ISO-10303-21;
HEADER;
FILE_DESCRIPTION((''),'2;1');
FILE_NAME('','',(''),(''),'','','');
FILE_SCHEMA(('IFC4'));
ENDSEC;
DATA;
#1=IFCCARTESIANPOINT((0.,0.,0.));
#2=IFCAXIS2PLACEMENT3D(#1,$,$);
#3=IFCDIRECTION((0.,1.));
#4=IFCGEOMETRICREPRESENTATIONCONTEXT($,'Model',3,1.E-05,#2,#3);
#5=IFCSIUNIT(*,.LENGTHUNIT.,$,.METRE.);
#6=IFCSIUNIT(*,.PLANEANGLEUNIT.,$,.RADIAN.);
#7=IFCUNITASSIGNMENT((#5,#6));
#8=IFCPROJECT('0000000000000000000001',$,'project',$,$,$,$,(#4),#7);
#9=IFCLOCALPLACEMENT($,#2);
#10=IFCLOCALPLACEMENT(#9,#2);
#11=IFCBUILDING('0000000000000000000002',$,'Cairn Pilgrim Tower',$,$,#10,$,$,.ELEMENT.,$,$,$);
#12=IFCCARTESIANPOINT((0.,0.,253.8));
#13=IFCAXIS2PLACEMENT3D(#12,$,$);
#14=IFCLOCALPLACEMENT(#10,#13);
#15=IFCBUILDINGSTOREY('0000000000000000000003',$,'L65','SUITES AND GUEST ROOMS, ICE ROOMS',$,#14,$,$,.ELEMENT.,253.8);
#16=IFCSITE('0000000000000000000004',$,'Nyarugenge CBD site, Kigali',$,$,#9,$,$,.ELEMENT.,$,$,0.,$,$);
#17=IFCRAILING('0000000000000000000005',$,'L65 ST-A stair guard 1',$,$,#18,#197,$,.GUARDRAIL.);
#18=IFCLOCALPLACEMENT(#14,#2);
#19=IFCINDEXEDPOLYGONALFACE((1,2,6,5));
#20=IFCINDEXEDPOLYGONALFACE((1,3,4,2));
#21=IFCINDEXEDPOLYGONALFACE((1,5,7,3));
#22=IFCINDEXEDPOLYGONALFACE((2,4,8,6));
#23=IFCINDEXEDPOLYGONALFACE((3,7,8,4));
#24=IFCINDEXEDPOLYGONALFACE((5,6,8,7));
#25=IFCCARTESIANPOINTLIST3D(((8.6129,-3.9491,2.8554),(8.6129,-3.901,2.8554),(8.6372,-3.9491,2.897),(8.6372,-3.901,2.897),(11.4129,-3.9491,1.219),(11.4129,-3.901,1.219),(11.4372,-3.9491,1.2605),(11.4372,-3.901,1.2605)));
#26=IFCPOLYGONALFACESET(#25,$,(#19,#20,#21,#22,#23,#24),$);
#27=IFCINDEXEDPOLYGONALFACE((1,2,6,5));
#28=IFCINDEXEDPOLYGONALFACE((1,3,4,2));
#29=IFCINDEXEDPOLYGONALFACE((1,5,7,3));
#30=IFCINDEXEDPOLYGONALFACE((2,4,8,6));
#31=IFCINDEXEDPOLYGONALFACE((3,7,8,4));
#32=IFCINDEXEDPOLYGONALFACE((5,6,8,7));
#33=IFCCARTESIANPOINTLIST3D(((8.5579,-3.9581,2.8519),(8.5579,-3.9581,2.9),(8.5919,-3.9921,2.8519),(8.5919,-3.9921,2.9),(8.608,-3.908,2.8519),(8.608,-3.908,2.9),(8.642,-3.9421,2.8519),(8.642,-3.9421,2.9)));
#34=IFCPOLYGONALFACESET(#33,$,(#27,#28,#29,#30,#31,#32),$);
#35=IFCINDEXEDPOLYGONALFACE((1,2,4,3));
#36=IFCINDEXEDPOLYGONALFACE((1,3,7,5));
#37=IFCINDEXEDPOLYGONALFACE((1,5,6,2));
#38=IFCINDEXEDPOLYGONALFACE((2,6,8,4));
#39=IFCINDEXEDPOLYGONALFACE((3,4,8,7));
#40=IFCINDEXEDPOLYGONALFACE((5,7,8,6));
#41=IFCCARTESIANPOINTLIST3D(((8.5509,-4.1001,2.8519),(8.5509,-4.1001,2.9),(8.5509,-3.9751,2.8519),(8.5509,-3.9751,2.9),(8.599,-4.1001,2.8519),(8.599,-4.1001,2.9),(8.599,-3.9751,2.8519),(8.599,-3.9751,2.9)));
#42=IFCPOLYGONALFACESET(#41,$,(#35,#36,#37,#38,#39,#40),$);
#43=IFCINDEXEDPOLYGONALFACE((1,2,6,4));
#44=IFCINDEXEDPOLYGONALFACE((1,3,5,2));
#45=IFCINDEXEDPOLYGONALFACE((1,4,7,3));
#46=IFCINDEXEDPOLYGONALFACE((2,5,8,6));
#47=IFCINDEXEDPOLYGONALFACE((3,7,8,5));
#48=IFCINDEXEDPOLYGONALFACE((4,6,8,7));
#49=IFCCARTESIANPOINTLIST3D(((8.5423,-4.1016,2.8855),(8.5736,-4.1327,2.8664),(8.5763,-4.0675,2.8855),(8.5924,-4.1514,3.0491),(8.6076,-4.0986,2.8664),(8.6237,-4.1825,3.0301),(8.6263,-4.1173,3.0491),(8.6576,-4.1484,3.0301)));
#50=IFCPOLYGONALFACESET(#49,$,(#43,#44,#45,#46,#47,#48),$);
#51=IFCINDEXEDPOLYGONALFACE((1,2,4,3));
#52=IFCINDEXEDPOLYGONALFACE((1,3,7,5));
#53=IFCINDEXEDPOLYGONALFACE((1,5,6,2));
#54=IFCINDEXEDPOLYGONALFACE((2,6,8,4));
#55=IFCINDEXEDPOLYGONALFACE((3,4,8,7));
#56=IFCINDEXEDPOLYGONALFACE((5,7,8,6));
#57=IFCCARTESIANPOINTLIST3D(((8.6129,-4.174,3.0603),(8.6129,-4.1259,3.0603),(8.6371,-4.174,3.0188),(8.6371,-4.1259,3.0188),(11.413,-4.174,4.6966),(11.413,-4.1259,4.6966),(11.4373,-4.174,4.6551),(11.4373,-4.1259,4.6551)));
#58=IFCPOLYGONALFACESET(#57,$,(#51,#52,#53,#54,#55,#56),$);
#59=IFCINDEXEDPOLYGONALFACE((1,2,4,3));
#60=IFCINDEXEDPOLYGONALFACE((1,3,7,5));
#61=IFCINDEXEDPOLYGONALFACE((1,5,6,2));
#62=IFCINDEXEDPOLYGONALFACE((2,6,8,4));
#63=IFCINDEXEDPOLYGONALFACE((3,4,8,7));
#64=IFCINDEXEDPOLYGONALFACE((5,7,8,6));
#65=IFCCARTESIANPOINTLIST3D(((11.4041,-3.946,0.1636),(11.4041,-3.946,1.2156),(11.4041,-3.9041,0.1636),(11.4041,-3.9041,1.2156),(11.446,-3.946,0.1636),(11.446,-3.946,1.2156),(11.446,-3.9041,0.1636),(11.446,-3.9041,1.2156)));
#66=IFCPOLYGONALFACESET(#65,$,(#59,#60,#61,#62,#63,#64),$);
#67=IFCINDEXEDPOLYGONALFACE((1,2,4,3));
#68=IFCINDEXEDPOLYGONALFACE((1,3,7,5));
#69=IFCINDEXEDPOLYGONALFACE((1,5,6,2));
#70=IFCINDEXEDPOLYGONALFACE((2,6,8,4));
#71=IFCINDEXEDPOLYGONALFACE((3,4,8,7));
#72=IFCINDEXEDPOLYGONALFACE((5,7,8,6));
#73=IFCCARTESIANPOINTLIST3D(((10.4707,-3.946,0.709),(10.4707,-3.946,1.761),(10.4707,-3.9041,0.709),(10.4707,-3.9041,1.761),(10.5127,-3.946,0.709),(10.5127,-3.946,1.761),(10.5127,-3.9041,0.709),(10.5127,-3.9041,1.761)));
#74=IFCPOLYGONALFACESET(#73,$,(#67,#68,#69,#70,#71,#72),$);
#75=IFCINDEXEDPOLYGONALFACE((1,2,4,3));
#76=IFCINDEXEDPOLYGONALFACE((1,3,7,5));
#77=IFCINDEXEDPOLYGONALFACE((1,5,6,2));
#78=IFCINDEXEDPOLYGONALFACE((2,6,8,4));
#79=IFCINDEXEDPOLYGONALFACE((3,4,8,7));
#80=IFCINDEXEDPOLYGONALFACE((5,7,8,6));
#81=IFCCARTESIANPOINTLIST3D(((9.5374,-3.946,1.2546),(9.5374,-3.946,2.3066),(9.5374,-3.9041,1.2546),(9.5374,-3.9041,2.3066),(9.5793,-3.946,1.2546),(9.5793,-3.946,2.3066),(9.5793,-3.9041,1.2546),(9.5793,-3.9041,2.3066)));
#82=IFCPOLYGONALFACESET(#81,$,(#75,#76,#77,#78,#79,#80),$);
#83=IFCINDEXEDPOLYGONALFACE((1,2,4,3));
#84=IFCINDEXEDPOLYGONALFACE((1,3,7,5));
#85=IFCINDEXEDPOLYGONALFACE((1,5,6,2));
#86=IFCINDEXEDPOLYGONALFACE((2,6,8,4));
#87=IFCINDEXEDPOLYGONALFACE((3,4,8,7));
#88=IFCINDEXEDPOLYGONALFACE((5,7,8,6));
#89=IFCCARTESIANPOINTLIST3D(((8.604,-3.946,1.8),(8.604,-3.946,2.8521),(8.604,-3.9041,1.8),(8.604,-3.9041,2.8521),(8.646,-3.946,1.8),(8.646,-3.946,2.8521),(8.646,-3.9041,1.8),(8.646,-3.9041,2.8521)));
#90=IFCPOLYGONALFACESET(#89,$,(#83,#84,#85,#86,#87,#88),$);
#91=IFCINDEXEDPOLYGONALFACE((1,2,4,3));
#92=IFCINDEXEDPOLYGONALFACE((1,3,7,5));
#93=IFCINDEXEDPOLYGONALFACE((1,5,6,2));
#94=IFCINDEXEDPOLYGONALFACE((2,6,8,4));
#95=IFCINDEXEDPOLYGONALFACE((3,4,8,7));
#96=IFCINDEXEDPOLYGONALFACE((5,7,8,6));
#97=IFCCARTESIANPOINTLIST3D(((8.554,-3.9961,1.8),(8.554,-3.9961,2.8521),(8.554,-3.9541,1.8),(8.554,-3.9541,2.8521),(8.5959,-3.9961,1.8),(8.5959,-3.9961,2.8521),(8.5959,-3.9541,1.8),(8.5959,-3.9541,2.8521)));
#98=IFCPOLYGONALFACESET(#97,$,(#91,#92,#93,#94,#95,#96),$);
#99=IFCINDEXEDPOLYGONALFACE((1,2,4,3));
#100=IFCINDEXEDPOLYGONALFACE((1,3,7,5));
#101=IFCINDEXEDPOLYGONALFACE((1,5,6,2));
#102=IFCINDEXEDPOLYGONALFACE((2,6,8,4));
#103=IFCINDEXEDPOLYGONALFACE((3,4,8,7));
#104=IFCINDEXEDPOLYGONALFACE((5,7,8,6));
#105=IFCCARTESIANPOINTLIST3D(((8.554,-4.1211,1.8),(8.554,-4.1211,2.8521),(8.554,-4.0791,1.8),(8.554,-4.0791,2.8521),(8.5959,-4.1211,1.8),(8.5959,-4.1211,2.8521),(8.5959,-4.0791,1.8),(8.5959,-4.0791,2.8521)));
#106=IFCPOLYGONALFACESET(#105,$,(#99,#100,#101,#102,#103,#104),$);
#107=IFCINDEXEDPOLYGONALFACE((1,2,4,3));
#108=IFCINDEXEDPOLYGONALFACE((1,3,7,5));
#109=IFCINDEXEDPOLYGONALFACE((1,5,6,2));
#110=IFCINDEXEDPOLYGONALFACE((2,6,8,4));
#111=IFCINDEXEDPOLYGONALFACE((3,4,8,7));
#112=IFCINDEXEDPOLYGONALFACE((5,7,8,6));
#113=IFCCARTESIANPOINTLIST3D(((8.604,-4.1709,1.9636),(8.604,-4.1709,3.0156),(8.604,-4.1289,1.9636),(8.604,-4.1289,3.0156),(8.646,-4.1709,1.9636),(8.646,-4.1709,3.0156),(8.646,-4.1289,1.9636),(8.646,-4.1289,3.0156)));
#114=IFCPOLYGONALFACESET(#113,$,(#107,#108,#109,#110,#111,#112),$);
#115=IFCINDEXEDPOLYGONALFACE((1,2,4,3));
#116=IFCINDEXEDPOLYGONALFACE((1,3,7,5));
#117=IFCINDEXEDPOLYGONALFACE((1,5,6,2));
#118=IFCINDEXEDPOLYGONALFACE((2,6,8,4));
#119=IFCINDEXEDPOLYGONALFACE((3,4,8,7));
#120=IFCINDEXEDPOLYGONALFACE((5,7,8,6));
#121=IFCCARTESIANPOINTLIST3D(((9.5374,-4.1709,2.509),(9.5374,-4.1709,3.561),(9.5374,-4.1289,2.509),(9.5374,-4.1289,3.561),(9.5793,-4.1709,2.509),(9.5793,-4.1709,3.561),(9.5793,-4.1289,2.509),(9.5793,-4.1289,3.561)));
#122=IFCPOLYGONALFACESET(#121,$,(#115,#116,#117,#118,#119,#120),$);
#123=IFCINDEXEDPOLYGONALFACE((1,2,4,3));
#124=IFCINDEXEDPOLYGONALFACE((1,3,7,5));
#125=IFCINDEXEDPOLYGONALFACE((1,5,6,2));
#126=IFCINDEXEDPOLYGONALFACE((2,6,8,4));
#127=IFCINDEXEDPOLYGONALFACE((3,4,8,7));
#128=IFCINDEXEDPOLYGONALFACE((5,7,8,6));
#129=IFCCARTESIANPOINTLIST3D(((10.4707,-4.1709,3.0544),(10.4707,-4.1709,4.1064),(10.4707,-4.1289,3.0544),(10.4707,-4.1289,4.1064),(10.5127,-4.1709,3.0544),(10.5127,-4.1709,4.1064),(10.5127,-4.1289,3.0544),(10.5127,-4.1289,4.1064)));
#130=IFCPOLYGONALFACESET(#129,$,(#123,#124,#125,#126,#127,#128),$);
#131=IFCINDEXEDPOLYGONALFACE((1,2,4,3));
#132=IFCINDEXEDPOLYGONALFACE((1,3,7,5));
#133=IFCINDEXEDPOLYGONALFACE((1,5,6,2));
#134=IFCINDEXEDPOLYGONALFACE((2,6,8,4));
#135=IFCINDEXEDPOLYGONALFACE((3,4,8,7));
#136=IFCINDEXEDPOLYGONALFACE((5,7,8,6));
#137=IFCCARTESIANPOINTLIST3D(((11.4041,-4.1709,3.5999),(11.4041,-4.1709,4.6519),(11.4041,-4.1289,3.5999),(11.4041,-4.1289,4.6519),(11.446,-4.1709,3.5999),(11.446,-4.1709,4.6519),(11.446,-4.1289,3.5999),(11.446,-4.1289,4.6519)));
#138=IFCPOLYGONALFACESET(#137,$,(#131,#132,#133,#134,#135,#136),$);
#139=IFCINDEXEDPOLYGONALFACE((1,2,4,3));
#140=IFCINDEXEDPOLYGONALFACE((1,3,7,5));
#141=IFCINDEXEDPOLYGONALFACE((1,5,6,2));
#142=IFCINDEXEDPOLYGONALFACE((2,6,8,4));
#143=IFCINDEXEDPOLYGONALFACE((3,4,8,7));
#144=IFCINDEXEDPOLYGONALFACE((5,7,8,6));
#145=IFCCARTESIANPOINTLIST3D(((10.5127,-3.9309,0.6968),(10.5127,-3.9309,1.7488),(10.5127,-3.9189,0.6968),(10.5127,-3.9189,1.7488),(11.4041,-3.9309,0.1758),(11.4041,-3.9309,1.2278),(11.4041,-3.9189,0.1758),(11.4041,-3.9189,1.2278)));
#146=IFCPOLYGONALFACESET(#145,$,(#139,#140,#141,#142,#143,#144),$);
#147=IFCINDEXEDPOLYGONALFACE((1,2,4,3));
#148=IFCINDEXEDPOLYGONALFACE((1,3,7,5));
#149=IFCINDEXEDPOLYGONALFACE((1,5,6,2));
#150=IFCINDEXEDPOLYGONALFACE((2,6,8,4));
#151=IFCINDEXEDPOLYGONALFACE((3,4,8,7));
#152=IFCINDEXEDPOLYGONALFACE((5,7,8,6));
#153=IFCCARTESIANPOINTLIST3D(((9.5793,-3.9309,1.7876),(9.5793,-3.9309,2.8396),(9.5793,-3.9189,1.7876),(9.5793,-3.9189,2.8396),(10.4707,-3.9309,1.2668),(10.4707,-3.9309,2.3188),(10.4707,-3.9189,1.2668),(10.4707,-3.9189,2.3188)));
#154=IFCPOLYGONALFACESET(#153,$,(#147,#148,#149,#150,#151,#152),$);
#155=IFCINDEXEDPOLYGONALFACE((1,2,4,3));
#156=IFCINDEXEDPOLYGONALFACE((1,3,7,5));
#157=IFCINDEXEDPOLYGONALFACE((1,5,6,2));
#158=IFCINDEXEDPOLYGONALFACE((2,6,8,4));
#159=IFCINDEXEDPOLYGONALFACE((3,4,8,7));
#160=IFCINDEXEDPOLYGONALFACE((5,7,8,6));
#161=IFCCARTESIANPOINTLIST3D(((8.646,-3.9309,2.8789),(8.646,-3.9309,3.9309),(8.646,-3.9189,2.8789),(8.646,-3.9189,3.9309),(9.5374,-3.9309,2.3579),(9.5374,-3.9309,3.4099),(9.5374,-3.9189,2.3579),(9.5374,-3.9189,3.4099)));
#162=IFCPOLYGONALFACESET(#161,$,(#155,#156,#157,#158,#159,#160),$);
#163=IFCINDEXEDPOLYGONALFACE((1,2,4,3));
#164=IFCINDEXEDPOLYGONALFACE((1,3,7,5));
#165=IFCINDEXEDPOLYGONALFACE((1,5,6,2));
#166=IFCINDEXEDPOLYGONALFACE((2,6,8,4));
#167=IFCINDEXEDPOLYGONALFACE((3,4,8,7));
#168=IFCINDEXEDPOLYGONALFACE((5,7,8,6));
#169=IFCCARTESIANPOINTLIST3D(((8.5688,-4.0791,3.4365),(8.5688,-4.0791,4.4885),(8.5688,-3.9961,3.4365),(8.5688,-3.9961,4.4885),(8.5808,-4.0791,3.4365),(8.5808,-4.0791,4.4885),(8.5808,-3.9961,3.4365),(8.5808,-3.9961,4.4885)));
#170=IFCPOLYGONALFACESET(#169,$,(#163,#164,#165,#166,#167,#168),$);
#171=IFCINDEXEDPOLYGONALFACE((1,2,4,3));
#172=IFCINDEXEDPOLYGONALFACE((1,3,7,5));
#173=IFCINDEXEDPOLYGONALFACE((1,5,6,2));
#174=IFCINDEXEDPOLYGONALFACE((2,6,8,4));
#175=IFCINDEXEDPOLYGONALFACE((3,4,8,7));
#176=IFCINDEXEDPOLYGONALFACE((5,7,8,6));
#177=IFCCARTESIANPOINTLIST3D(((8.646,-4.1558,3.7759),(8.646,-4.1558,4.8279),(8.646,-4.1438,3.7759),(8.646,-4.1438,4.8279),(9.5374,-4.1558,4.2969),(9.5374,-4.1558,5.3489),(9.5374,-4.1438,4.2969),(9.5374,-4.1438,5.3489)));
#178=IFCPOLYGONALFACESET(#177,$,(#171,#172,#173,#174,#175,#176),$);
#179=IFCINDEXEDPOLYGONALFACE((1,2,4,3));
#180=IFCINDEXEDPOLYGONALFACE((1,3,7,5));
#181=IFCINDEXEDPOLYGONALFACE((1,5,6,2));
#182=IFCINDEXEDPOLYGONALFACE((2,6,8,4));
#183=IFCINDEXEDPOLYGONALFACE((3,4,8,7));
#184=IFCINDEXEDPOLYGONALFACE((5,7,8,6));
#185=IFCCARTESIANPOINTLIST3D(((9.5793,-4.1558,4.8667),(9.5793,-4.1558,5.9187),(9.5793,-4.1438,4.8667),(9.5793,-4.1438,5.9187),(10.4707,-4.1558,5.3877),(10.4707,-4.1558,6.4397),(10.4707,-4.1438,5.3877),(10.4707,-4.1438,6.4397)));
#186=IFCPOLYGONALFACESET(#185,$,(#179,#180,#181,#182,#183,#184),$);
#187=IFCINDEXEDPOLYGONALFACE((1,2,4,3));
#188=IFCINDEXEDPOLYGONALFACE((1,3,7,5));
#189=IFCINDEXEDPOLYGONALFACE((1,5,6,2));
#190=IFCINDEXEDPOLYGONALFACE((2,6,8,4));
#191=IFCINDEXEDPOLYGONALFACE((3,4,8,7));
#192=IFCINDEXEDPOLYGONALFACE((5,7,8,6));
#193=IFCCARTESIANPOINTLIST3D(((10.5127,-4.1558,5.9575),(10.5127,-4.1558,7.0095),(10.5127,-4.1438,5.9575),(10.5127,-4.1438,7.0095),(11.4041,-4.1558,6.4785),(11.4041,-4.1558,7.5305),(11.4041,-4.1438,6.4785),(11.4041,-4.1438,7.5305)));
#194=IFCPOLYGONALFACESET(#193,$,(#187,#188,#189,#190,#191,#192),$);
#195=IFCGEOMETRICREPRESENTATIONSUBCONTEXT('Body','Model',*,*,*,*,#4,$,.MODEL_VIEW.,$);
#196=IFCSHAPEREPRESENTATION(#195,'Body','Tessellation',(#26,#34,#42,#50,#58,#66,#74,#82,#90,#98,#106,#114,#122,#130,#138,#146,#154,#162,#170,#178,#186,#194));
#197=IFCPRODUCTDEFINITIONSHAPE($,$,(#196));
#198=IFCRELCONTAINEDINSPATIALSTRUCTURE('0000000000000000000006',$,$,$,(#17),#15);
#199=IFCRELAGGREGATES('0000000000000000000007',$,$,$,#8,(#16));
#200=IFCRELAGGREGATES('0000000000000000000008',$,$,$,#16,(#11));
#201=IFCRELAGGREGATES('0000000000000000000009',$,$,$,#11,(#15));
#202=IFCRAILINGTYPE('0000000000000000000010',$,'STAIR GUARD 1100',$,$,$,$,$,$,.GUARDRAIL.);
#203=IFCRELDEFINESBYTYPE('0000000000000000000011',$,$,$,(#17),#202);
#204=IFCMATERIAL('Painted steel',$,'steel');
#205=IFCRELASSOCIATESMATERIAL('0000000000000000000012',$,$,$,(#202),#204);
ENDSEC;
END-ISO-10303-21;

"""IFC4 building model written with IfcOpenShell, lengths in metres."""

from ifc_helpers import new_model, si_unit, direction, frame, origin, origin_2d, place, context, subcontext, project, spatial, polyline, rectangle, outline, extrude, material, type_object, element, save


model = new_model("IFC4")

# Units and contexts
model_context = context("Model", 3, precision=1e-05, world=origin(), true_north=direction((0.0, 1.0)))
body_context = subcontext(model_context, "Body", "Model", "MODEL_VIEW")
ifc_project = project(units=[si_unit("LENGTHUNIT", "METRE"), si_unit("PLANEANGLEUNIT", "RADIAN")], contexts=[model_context])

# Site, building, storey
site_placement = place(None, origin())
site = spatial("IfcSite", under=ifc_project, at=site_placement, Name="Nyarugenge CBD site, Kigali", CompositionType="ELEMENT", RefElevation=0.0)
building_placement = place(site_placement, origin())
building = spatial("IfcBuilding", under=site, at=building_placement, Name="Cairn Pilgrim Tower", CompositionType="ELEMENT")
storey_placement = place(building_placement, frame((0.0, 0.0, 253.8)))
storey = spatial("IfcBuildingStorey", under=building, at=storey_placement, Name="L65", Description="SUITES AND GUEST ROOMS, ICE ROOMS", CompositionType="ELEMENT", Elevation=253.8)

# Shared definitions
ifc_material_1 = material(Name="Painted steel", Category="steel")

# Railing
railing_type_1 = type_object("IfcRailingType", Name="STAIR GUARD 1100", PredefinedType="GUARDRAIL", material=ifc_material_1)
railing_1_placement = place(storey_placement, frame((11.425, -3.925, 0.1636)))
element("IfcRailing", 1, at=railing_1_placement, inside=storey, type_object=railing_type_1, Name="L65 ST-A stair guard 1", PredefinedType="GUARDRAIL", context=body_context, shape_type="SweptSolid", body=[
    extrude(rectangle(XDim=0.0481, YDim=0.0481, at=origin_2d()), frame((0.0, 0.0, 1.0762), z_axis=(-0.863361, 0.0, 0.504587), x_axis=(0.0, -1.0, 0.0)), (0.0, 0.0, 1.0), 3.2432),
    extrude(rectangle(XDim=0.0481, YDim=0.0481, at=origin_2d()), frame((-2.8, 0.0, 2.7124), z_axis=(-0.707107, -0.707107, 0.0), x_axis=(0.707107, -0.707107, 0.0)), (0.0, 0.0, 1.0), 0.0708),
    extrude(rectangle(XDim=0.0481, YDim=0.0481, at=origin_2d()), frame((-2.8501, -0.05, 2.7124), z_axis=(0.0, -1.0, 0.0), x_axis=(1.0, 0.0, 0.0)), (0.0, 0.0, 1.0), 0.125),
    extrude(rectangle(XDim=0.0481, YDim=0.0481, at=origin_2d()), frame((-2.8501, -0.175, 2.7124), z_axis=(0.280917, -0.279546, 0.918118), x_axis=(0.705376, 0.708834, 0.0)), (0.0, 0.0, 1.0), 0.1782),
    extrude(rectangle(XDim=0.0481, YDim=0.0481, at=origin_2d()), frame((-2.8, -0.2249, 2.876), z_axis=(0.863394, 0.0, 0.504531), x_axis=(0.0, 1.0, 0.0)), (0.0, 0.0, 1.0), 3.2432),
    extrude(rectangle(XDim=0.042, YDim=0.042, at=origin_2d()), origin(), (0.0, 0.0, 1.0), 1.052),
    extrude(rectangle(XDim=0.042, YDim=0.042, at=origin_2d()), frame((-0.9333, 0.0, 0.5454)), (0.0, 0.0, 1.0), 1.052),
    extrude(rectangle(XDim=0.042, YDim=0.042, at=origin_2d()), frame((-1.8667, 0.0, 1.0911)), (0.0, 0.0, 1.0), 1.052),
    extrude(rectangle(XDim=0.042, YDim=0.042, at=origin_2d()), frame((-2.8, 0.0, 1.6365)), (0.0, 0.0, 1.0), 1.052),
    extrude(rectangle(XDim=0.042, YDim=0.042, at=origin_2d()), frame((-2.8501, -0.05, 1.6365)), (0.0, 0.0, 1.0), 1.052),
    extrude(rectangle(XDim=0.042, YDim=0.042, at=origin_2d()), frame((-2.8501, -0.175, 1.6365)), (0.0, 0.0, 1.0), 1.052),
    extrude(rectangle(XDim=0.042, YDim=0.042, at=origin_2d()), frame((-2.8, -0.2249, 1.8)), (0.0, 0.0, 1.0), 1.052),
    extrude(rectangle(XDim=0.042, YDim=0.042, at=origin_2d()), frame((-1.8667, -0.2249, 2.3455)), (0.0, 0.0, 1.0), 1.052),
    extrude(rectangle(XDim=0.042, YDim=0.042, at=origin_2d()), frame((-0.9333, -0.2249, 2.8909)), (0.0, 0.0, 1.0), 1.052),
    extrude(rectangle(XDim=0.042, YDim=0.042, at=origin_2d()), frame((0.0, -0.2249, 3.4363)), (0.0, 0.0, 1.0), 1.052),
    extrude(outline(polyline([(0.021, 0.0122), (0.9124, 0.5332), (0.9124, 1.5852), (0.021, 1.0642), (0.021, 0.0122)])), frame((0.0, -0.0059, 0.0), z_axis=(0.0, 1.0, 0.0), x_axis=(-1.0, 0.0, 0.0)), (0.0, 0.0, 1.0), 0.012),
    extrude(outline(polyline([(0.021, 0.5579), (0.9124, 1.0786), (0.9124, 2.1306), (0.021, 1.6099), (0.021, 0.5579)])), frame((-0.9333, -0.0059, 0.5454), z_axis=(0.0, 1.0, 0.0), x_axis=(-1.0, 0.0, 0.0)), (0.0, 0.0, 1.0), 0.012),
    extrude(outline(polyline([(0.021, 1.1033), (0.9124, 1.6243), (0.9124, 2.6763), (0.021, 2.1553), (0.021, 1.1033)])), frame((-1.8667, -0.0059, 1.0911), z_axis=(0.0, 1.0, 0.0), x_axis=(-1.0, 0.0, 0.0)), (0.0, 0.0, 1.0), 0.012),
    extrude(outline(polyline([(0.021, 1.6365), (0.104, 1.6365), (0.104, 2.6885), (0.021, 2.6885), (0.021, 1.6365)])), frame((-2.8442, -0.05, 1.6365), z_axis=(-1.0, 0.0, 0.0), x_axis=(0.0, -1.0, 0.0)), (0.0, 0.0, 1.0), 0.012),
    extrude(outline(polyline([(0.021, 1.8123), (0.9124, 2.3333), (0.9124, 3.3853), (0.021, 2.8643), (0.021, 1.8123)])), frame((-2.8, -0.2188, 1.8), z_axis=(0.0, -1.0, 0.0), x_axis=(1.0, 0.0, 0.0)), (0.0, 0.0, 1.0), 0.012),
    extrude(outline(polyline([(0.021, 2.3577), (0.9124, 2.8787), (0.9124, 3.9307), (0.021, 3.4097), (0.021, 2.3577)])), frame((-1.8667, -0.2188, 2.3455), z_axis=(0.0, -1.0, 0.0), x_axis=(1.0, 0.0, 0.0)), (0.0, 0.0, 1.0), 0.012),
    extrude(outline(polyline([(0.021, 2.9031), (0.9124, 3.4241), (0.9124, 4.4761), (0.021, 3.9551), (0.021, 2.9031)])), frame((-0.9333, -0.2188, 2.8909), z_axis=(0.0, -1.0, 0.0), x_axis=(1.0, 0.0, 0.0)), (0.0, 0.0, 1.0), 0.012),
])

save(model, "model.ifc")
